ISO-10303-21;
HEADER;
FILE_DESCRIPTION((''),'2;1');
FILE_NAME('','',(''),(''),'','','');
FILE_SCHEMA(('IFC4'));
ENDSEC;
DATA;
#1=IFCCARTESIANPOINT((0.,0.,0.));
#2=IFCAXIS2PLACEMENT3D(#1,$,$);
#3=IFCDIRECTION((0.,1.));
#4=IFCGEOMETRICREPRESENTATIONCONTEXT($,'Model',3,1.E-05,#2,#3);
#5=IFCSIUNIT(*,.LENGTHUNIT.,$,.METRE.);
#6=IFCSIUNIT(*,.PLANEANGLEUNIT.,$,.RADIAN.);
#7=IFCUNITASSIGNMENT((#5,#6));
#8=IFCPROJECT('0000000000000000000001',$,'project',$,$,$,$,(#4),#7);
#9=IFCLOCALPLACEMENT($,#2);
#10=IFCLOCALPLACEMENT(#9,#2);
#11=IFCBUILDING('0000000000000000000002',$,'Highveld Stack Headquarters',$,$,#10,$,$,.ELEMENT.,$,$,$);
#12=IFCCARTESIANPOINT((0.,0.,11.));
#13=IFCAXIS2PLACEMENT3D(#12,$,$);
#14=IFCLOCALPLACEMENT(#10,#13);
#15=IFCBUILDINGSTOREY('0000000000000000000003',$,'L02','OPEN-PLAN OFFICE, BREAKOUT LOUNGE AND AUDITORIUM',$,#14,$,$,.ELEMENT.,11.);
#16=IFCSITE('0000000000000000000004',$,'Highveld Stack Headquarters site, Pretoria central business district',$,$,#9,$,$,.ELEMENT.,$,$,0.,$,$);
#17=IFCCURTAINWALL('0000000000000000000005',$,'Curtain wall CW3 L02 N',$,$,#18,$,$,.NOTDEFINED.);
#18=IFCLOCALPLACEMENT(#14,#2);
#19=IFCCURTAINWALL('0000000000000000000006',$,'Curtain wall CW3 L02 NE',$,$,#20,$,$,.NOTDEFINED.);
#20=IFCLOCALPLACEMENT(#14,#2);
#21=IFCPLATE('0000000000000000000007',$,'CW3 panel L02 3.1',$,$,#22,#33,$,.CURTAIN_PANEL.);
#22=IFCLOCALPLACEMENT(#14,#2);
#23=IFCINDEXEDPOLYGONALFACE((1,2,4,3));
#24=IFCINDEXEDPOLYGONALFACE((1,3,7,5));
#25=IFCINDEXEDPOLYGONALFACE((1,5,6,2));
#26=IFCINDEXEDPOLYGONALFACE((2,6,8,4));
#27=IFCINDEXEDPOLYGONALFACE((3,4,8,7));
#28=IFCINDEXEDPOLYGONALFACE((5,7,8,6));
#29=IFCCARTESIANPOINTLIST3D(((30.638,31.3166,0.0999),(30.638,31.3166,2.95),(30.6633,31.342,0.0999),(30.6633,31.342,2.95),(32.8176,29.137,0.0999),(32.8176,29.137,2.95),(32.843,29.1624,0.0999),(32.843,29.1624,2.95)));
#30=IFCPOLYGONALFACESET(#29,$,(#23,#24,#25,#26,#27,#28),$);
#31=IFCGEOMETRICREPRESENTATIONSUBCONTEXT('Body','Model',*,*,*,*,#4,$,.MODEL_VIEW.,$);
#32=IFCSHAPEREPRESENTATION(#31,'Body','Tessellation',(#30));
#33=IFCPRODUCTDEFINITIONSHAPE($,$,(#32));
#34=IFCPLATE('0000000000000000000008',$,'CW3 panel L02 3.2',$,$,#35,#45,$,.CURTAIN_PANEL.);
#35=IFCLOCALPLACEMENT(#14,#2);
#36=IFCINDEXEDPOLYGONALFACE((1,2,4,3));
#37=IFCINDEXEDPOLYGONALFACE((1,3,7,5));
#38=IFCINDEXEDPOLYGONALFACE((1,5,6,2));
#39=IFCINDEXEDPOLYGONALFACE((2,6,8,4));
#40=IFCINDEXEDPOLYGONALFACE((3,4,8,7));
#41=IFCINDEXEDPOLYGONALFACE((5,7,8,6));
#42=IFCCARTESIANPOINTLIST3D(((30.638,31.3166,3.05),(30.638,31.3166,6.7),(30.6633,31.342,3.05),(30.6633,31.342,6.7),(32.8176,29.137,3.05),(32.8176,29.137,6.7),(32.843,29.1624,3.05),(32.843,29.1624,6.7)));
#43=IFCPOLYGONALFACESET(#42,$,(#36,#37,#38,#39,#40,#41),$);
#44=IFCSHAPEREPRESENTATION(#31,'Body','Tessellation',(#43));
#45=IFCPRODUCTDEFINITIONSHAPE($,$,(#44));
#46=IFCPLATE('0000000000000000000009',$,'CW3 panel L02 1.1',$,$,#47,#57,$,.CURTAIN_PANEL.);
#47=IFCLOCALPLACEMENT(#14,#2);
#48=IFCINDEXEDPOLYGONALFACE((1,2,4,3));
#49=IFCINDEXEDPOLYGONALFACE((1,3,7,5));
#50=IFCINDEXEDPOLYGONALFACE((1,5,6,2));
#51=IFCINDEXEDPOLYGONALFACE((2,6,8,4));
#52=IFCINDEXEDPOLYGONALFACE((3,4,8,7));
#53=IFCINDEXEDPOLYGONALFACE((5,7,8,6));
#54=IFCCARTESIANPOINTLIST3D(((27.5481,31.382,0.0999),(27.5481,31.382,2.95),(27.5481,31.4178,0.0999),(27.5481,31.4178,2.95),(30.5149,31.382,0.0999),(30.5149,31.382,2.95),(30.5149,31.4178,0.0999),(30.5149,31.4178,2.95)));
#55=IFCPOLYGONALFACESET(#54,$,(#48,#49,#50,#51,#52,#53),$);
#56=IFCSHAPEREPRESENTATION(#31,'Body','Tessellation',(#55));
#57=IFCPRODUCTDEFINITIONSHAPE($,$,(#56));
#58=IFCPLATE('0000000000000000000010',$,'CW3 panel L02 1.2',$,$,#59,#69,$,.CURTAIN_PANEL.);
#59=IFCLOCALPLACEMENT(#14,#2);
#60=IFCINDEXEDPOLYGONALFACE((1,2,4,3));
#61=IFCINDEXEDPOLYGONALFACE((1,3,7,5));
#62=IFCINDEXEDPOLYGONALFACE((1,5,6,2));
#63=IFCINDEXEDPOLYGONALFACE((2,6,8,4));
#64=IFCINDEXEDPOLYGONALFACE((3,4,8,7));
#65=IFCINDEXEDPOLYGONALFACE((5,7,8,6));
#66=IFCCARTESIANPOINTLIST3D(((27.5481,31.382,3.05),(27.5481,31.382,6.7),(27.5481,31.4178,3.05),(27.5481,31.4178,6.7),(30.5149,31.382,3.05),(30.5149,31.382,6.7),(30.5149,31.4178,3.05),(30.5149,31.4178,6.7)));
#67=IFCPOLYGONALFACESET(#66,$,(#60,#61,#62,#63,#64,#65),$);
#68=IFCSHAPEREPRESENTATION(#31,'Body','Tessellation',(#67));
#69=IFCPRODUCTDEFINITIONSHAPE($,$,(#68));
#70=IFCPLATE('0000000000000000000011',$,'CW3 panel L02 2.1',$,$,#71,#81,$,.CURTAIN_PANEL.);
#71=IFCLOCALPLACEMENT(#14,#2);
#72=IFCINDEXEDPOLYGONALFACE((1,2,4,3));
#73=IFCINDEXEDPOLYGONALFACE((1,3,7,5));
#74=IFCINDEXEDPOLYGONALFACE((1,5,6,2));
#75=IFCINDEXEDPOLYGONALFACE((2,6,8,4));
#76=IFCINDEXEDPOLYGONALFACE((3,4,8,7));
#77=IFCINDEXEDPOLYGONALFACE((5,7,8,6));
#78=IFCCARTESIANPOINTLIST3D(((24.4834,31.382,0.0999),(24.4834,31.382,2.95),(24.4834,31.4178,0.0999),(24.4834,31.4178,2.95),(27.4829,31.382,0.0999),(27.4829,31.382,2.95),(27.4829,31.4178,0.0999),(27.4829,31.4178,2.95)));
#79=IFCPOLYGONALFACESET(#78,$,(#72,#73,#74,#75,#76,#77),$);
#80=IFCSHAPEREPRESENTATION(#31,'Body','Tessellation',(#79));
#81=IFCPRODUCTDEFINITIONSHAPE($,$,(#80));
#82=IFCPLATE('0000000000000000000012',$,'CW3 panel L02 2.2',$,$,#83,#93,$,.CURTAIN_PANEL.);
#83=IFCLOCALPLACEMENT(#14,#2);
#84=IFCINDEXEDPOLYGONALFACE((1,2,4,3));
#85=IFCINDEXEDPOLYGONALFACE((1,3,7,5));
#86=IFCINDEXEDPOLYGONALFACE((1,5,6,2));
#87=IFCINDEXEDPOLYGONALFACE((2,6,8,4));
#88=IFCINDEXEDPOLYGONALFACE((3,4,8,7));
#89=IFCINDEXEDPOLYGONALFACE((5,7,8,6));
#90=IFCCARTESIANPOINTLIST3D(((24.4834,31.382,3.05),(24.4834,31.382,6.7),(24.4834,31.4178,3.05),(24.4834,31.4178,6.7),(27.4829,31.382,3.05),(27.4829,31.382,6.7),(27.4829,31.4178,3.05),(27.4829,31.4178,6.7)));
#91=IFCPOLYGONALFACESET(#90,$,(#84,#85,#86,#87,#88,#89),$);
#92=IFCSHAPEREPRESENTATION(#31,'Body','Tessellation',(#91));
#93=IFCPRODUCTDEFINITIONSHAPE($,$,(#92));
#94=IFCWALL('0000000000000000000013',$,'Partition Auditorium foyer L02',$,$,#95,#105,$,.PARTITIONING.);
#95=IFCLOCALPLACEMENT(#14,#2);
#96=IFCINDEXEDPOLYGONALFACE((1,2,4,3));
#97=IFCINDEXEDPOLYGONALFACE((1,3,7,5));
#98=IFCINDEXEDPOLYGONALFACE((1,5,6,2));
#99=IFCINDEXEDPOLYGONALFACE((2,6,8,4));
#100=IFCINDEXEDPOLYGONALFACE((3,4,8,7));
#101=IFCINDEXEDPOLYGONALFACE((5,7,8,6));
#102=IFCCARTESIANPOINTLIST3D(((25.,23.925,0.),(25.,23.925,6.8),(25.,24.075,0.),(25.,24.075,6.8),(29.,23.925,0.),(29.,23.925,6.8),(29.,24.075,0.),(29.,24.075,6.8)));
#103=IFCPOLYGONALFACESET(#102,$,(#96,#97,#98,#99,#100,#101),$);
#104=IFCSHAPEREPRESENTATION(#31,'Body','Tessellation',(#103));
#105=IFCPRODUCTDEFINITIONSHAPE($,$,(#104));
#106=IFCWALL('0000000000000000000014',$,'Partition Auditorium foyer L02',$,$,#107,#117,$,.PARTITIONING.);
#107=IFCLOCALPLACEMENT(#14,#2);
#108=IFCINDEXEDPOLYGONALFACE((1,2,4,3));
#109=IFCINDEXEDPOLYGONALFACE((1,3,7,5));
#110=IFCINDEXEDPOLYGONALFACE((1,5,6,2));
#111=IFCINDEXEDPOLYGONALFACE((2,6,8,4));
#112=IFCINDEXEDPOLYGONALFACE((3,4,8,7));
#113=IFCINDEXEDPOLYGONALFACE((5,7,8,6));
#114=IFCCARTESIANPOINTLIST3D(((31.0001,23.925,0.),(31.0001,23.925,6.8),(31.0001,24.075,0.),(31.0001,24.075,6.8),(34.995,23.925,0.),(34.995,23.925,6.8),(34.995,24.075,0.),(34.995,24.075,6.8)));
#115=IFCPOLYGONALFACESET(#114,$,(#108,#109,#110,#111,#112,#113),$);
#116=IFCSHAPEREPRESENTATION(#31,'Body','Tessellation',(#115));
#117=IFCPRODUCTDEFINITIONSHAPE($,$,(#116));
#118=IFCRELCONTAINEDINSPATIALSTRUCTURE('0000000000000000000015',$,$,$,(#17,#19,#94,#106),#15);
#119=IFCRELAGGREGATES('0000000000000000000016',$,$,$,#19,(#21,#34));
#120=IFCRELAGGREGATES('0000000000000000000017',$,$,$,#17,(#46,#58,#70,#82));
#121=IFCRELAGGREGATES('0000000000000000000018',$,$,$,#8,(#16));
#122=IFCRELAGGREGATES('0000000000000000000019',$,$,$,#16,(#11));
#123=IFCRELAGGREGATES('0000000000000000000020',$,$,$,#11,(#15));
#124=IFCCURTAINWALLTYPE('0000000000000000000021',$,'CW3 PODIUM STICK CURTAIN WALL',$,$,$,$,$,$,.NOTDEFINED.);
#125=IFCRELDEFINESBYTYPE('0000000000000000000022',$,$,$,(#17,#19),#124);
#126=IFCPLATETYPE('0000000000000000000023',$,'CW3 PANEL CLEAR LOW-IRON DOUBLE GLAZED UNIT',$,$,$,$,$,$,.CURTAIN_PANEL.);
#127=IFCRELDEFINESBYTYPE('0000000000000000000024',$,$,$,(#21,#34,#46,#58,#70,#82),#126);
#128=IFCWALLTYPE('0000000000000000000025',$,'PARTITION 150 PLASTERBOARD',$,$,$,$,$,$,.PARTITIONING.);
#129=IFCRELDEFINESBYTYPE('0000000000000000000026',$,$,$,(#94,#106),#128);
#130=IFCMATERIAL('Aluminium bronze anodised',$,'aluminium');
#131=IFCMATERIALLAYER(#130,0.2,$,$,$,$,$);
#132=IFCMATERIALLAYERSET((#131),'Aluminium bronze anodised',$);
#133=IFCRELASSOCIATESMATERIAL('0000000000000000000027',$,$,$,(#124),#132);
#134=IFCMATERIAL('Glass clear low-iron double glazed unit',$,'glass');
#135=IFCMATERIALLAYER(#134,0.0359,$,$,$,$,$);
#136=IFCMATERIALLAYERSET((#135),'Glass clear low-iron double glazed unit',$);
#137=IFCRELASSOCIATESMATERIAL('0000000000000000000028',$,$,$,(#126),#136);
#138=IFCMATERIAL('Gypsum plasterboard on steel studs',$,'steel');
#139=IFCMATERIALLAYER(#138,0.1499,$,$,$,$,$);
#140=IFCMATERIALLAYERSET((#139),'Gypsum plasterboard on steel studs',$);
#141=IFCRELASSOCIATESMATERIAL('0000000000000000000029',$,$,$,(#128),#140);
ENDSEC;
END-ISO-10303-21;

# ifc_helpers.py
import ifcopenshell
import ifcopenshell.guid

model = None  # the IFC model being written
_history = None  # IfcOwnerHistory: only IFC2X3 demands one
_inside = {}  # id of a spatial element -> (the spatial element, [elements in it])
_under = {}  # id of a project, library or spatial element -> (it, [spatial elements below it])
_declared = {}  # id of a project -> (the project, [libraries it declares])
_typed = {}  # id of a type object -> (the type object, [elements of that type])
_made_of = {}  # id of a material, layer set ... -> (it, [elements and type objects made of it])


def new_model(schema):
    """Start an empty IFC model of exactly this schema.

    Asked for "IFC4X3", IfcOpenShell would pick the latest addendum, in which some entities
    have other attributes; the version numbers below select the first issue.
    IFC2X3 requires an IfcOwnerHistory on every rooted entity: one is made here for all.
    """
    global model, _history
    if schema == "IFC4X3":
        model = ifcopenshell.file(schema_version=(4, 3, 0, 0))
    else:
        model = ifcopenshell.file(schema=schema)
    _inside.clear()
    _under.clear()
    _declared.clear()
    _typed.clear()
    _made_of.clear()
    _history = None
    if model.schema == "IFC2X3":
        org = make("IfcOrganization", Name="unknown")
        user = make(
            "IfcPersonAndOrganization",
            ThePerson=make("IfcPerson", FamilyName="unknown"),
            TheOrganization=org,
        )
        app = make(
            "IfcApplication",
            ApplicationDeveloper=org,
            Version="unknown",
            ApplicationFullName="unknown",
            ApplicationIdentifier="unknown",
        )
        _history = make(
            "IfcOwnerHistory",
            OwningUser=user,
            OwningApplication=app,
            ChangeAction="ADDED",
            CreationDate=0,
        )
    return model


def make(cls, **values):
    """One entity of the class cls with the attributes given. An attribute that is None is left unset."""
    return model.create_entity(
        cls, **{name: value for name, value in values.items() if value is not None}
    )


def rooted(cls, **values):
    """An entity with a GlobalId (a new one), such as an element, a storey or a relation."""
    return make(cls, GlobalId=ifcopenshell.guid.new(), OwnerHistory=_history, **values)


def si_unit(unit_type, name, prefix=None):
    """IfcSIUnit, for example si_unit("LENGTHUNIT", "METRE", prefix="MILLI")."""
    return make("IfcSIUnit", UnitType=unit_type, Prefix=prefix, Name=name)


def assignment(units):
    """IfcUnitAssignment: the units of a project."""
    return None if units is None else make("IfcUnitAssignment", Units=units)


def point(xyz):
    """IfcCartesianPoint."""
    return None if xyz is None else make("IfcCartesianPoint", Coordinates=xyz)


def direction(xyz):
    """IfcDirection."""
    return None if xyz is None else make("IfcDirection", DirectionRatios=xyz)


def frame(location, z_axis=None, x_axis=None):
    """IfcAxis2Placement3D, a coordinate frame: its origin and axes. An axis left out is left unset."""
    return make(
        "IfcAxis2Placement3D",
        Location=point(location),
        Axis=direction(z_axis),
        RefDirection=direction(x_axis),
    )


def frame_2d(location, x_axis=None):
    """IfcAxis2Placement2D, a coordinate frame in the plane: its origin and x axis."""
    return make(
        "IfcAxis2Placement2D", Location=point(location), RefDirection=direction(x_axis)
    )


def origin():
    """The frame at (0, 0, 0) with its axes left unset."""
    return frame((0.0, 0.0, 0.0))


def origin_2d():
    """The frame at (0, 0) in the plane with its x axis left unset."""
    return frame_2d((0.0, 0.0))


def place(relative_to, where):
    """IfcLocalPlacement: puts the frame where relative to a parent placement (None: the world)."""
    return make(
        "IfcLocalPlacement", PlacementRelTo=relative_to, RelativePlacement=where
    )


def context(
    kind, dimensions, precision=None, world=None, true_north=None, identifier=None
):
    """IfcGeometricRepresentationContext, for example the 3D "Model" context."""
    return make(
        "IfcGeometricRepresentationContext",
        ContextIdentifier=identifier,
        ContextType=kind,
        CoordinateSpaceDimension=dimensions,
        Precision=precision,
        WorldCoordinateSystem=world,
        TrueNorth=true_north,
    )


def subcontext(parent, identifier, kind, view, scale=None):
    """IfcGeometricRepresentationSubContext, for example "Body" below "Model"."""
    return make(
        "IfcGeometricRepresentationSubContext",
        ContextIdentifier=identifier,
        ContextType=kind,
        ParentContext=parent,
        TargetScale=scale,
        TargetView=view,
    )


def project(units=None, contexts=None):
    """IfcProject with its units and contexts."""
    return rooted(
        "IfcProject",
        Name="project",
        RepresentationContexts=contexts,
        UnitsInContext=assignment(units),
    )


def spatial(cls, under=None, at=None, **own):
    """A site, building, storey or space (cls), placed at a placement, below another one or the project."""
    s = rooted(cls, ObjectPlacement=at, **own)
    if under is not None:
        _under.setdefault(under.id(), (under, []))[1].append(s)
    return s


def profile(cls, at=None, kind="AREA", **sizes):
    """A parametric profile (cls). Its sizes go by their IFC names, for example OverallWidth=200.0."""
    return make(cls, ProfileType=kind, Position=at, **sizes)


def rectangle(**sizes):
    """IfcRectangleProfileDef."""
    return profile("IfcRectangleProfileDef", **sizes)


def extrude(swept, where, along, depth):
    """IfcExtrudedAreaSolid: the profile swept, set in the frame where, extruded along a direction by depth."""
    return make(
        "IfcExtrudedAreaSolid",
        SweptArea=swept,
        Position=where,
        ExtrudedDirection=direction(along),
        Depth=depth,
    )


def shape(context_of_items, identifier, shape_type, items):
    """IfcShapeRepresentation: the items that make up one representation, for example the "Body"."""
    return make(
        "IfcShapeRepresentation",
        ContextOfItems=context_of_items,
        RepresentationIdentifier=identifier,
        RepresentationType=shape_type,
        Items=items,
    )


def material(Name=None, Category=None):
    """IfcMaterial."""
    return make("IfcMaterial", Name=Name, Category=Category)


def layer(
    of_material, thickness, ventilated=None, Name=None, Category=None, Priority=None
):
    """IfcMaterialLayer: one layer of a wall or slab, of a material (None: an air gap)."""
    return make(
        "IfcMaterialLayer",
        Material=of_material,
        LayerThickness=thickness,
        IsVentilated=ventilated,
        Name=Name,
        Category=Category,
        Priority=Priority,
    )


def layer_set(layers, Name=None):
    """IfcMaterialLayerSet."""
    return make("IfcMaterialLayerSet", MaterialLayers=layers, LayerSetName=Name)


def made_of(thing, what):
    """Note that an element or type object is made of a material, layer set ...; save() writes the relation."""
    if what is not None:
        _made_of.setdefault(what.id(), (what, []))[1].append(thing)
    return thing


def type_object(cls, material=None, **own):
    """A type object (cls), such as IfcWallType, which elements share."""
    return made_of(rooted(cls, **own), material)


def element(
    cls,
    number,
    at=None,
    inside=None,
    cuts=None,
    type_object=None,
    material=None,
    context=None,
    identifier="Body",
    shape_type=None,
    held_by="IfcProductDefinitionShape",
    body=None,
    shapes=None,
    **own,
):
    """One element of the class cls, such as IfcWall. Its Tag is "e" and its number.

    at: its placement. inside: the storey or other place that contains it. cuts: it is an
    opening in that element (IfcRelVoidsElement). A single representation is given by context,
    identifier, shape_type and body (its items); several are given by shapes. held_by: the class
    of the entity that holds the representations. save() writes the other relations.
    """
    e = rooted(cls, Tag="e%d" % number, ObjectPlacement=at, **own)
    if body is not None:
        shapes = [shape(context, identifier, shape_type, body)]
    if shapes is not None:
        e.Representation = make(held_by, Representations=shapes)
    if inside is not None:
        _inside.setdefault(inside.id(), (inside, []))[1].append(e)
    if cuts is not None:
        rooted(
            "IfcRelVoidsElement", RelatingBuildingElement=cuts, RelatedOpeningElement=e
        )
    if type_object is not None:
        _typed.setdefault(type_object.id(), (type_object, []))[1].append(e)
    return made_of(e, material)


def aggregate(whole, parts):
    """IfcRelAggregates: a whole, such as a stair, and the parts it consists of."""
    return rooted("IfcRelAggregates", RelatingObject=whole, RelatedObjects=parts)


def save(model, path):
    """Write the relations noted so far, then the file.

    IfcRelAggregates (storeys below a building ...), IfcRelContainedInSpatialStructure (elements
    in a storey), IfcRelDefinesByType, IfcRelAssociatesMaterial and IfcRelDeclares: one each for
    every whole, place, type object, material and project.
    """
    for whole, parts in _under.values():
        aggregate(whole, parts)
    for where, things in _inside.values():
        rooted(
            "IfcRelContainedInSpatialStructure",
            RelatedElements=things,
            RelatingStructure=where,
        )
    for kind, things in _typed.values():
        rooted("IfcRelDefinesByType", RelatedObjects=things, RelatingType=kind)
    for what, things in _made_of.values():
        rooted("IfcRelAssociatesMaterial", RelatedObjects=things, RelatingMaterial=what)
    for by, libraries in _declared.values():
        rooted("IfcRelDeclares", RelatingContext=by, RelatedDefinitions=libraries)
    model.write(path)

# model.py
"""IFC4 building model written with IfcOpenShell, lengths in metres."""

from ifc_helpers import new_model, si_unit, direction, frame, frame_2d, origin, origin_2d, place, context, subcontext, project, spatial, rectangle, extrude, material, layer, layer_set, type_object, element, aggregate, save


model = new_model("IFC4")

# Units and contexts
model_context = context("Model", 3, precision=1e-05, world=origin(), true_north=direction((0.0, 1.0)))
body_context = subcontext(model_context, "Body", "Model", "MODEL_VIEW")
ifc_project = project(units=[si_unit("LENGTHUNIT", "METRE"), si_unit("PLANEANGLEUNIT", "RADIAN")], contexts=[model_context])

# Site, building, storey
site_placement = place(None, origin())
site = spatial("IfcSite", under=ifc_project, at=site_placement, Name="Highveld Stack Headquarters site, Pretoria central business district", CompositionType="ELEMENT", RefElevation=0.0)
building_placement = place(site_placement, origin())
building = spatial("IfcBuilding", under=site, at=building_placement, Name="Highveld Stack Headquarters", CompositionType="ELEMENT")
storey_placement = place(building_placement, frame((0.0, 0.0, 11.0)))
storey = spatial("IfcBuildingStorey", under=building, at=storey_placement, Name="L02", Description="OPEN-PLAN OFFICE, BREAKOUT LOUNGE AND AUDITORIUM", CompositionType="ELEMENT", Elevation=11.0)

# Curtain wall
ifc_material_1 = material(Name="Aluminium bronze anodised", Category="aluminium")
ifc_layer_1 = layer(ifc_material_1, 0.2)
ifc_layer_set_1 = layer_set([ifc_layer_1], Name="Aluminium bronze anodised")
curtain_wall_type = type_object("IfcCurtainWallType", Name="CW3 PODIUM STICK CURTAIN WALL", PredefinedType="NOTDEFINED", material=ifc_layer_set_1)
curtain_wall_1_placement = place(storey_placement, origin())
curtain_wall_1 = element("IfcCurtainWall", 1, at=curtain_wall_1_placement, inside=storey, type_object=curtain_wall_type, Name="Curtain wall CW3 L02 N", PredefinedType="NOTDEFINED")

# Curtain wall, plates
curtain_wall_2_placement = place(storey_placement, origin())
curtain_wall_2 = element("IfcCurtainWall", 2, at=curtain_wall_2_placement, inside=storey, type_object=curtain_wall_type, Name="Curtain wall CW3 L02 NE", PredefinedType="NOTDEFINED")
ifc_material_2 = material(Name="Glass clear low-iron double glazed unit", Category="glass")
ifc_layer_2 = layer(ifc_material_2, 0.0359)
ifc_layer_set_2 = layer_set([ifc_layer_2], Name="Glass clear low-iron double glazed unit")
plate_type = type_object("IfcPlateType", Name="CW3 PANEL CLEAR LOW-IRON DOUBLE GLAZED UNIT", PredefinedType="CURTAIN_PANEL", material=ifc_layer_set_2)
plate_1_placement = place(storey_placement, frame((31.7405, 30.2395, 0.0999), z_axis=(0.0, 0.0, 1.0), x_axis=(-0.707107, 0.707107, 0.0)))
plate_1 = element("IfcPlate", 3, at=plate_1_placement, type_object=plate_type, Name="CW3 panel L02 3.1", PredefinedType="CURTAIN_PANEL", context=body_context, shape_type="SweptSolid", body=[
    extrude(rectangle(XDim=3.0825, YDim=0.0359, at=origin_2d()), origin(), (0.0, 0.0, 1.0), 2.8501),
])
plate_2_placement = place(storey_placement, frame((31.7405, 30.2395, 3.05), z_axis=(0.0, 0.0, 1.0), x_axis=(-0.707107, 0.707107, 0.0)))
plate_2 = element("IfcPlate", 4, at=plate_2_placement, type_object=plate_type, Name="CW3 panel L02 3.2", PredefinedType="CURTAIN_PANEL", context=body_context, shape_type="SweptSolid", body=[
    extrude(rectangle(XDim=3.0825, YDim=0.0359, at=origin_2d()), origin(), (0.0, 0.0, 1.0), 3.6499),
])
aggregate(curtain_wall_2, [plate_1, plate_2])

# Plates
plate_3_placement = place(storey_placement, frame((29.0315, 31.3999, 0.0999), z_axis=(0.0, 0.0, 1.0), x_axis=(-1.0, 0.0, 0.0)))
plate_3 = element("IfcPlate", 5, at=plate_3_placement, type_object=plate_type, Name="CW3 panel L02 1.1", PredefinedType="CURTAIN_PANEL", context=body_context, shape_type="SweptSolid", body=[
    extrude(rectangle(XDim=2.9668, YDim=0.0359, at=origin_2d()), origin(), (0.0, 0.0, 1.0), 2.8501),
])
plate_4_placement = place(storey_placement, frame((29.0315, 31.3999, 3.05), z_axis=(0.0, 0.0, 1.0), x_axis=(-1.0, 0.0, 0.0)))
plate_4 = element("IfcPlate", 6, at=plate_4_placement, type_object=plate_type, Name="CW3 panel L02 1.2", PredefinedType="CURTAIN_PANEL", context=body_context, shape_type="SweptSolid", body=[
    extrude(rectangle(XDim=2.9668, YDim=0.0359, at=origin_2d()), origin(), (0.0, 0.0, 1.0), 3.6499),
])
plate_5_placement = place(storey_placement, frame((25.9832, 31.3999, 0.0999), z_axis=(0.0, 0.0, 1.0), x_axis=(-1.0, 0.0, 0.0)))
plate_5 = element("IfcPlate", 7, at=plate_5_placement, type_object=plate_type, Name="CW3 panel L02 2.1", PredefinedType="CURTAIN_PANEL", context=body_context, shape_type="SweptSolid", body=[
    extrude(rectangle(XDim=2.9995, YDim=0.0359, at=origin_2d()), origin(), (0.0, 0.0, 1.0), 2.8501),
])
plate_6_placement = place(storey_placement, frame((25.9832, 31.3999, 3.05), z_axis=(0.0, 0.0, 1.0), x_axis=(-1.0, 0.0, 0.0)))
plate_6 = element("IfcPlate", 8, at=plate_6_placement, type_object=plate_type, Name="CW3 panel L02 2.2", PredefinedType="CURTAIN_PANEL", context=body_context, shape_type="SweptSolid", body=[
    extrude(rectangle(XDim=2.9995, YDim=0.0359, at=origin_2d()), origin(), (0.0, 0.0, 1.0), 3.6499),
])
aggregate(curtain_wall_1, [plate_3, plate_4, plate_5, plate_6])

# Walls
ifc_material_3 = material(Name="Gypsum plasterboard on steel studs", Category="steel")
ifc_layer_3 = layer(ifc_material_3, 0.1499)
ifc_layer_set_3 = layer_set([ifc_layer_3], Name="Gypsum plasterboard on steel studs")
wall_type = type_object("IfcWallType", Name="PARTITION 150 PLASTERBOARD", PredefinedType="PARTITIONING", material=ifc_layer_set_3)
wall_1_placement = place(storey_placement, frame((25.0, 24.0, 0.0), z_axis=(0.0, 0.0, 1.0), x_axis=(1.0, 0.0, 0.0)))
element("IfcWall", 9, at=wall_1_placement, inside=storey, type_object=wall_type, Name="Partition Auditorium foyer L02", PredefinedType="PARTITIONING", context=body_context, shape_type="SweptSolid", body=[
    extrude(rectangle(XDim=4.0, YDim=0.1499, at=frame_2d((2.0, 0.0))), origin(), (0.0, 0.0, 1.0), 6.8),
])
wall_2_placement = place(storey_placement, frame((31.0, 24.0, 0.0), z_axis=(0.0, 0.0, 1.0), x_axis=(1.0, 0.0, 0.0)))
element("IfcWall", 10, at=wall_2_placement, inside=storey, type_object=wall_type, Name="Partition Auditorium foyer L02", PredefinedType="PARTITIONING", context=body_context, shape_type="SweptSolid", body=[
    extrude(rectangle(XDim=3.9949, YDim=0.1499, at=frame_2d((1.9976, 0.0))), origin(), (0.0, 0.0, 1.0), 6.8),
])

save(model, "model.ifc")
